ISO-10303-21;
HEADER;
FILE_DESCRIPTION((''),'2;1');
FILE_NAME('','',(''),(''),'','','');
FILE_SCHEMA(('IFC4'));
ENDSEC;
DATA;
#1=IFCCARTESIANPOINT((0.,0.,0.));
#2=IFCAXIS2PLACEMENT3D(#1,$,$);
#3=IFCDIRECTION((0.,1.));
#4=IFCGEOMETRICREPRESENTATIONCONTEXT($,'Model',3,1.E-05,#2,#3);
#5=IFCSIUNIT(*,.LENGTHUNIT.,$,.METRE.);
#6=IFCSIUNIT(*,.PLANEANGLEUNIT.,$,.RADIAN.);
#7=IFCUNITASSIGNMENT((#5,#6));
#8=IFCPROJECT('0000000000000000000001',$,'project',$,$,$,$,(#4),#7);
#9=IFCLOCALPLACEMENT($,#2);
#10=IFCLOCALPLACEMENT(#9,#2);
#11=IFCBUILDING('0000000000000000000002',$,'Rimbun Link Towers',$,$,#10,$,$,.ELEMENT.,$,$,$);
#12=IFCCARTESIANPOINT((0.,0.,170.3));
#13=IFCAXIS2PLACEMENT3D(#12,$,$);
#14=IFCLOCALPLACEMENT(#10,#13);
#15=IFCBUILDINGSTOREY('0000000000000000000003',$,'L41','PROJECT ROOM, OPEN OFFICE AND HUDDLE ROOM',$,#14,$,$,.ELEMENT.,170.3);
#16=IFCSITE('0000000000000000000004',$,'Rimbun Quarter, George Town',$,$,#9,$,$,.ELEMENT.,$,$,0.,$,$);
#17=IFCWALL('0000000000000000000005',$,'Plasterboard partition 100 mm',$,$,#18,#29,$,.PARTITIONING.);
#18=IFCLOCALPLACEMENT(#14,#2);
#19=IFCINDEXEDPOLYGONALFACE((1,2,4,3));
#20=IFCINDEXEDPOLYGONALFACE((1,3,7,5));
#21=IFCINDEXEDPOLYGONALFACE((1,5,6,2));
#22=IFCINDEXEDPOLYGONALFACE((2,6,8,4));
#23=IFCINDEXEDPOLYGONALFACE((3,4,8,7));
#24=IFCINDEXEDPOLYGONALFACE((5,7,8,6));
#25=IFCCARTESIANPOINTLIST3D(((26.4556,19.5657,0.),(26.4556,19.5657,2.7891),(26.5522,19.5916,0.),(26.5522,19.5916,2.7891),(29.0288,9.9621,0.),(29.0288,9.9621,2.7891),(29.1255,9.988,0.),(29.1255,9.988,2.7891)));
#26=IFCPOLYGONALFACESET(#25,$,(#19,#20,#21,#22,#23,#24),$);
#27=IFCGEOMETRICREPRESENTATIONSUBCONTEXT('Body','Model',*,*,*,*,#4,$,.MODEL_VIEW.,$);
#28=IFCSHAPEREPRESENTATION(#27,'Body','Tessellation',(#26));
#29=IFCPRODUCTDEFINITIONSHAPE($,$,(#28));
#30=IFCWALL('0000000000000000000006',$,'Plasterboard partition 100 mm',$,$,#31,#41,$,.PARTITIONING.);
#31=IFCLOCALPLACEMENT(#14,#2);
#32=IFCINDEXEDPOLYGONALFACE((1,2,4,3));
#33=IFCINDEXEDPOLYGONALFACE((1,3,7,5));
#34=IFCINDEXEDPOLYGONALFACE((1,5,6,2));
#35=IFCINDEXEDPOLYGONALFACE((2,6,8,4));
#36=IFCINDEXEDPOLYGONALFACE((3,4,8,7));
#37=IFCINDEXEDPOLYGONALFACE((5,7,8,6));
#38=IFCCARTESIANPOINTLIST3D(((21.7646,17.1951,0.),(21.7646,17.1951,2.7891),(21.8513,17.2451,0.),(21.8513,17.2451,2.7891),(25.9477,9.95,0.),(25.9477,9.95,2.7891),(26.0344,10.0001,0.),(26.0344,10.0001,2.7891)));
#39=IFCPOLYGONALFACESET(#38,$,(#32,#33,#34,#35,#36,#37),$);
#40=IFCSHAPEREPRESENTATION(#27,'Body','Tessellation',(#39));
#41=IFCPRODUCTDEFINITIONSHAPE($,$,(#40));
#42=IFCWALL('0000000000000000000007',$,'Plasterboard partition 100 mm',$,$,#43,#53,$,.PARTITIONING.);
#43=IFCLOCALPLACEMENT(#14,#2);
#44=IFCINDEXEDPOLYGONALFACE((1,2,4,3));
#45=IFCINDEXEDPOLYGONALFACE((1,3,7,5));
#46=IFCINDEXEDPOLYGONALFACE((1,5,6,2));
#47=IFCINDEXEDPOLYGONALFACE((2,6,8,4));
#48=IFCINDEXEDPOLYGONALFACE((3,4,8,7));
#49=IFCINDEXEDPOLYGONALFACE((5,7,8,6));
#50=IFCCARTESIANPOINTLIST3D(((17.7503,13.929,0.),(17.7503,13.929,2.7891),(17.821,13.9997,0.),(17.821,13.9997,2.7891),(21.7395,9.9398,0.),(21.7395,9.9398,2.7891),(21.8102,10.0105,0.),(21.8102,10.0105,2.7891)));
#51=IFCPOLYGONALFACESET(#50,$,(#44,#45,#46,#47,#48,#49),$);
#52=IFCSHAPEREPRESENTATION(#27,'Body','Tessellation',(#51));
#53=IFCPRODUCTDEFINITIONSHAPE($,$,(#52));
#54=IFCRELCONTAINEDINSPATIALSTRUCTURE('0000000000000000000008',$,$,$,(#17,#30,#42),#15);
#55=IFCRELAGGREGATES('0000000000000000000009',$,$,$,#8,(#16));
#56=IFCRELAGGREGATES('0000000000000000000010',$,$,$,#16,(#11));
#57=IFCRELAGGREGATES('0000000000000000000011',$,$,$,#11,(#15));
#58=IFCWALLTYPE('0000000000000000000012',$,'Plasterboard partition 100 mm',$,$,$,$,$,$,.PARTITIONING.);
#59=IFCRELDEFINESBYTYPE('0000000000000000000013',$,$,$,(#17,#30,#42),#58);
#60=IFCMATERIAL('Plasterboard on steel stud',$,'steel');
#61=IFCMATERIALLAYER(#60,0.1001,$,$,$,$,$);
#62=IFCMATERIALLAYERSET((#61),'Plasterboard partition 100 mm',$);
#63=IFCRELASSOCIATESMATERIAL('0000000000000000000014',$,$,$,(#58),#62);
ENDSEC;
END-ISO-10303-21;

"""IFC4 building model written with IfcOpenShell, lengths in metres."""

from ifc_helpers import new_model, si_unit, direction, frame, frame_2d, origin, place, context, subcontext, project, spatial, rectangle, extrude, material, layer, layer_set, type_object, element, save


model = new_model("IFC4")

# Units and contexts
model_context = context("Model", 3, precision=1e-05, world=origin(), true_north=direction((0.0, 1.0)))
body_context = subcontext(model_context, "Body", "Model", "MODEL_VIEW")
ifc_project = project(units=[si_unit("LENGTHUNIT", "METRE"), si_unit("PLANEANGLEUNIT", "RADIAN")], contexts=[model_context])

# Site, building, storey
site_placement = place(None, origin())
site = spatial("IfcSite", under=ifc_project, at=site_placement, Name="Rimbun Quarter, George Town", CompositionType="ELEMENT", RefElevation=0.0)
building_placement = place(site_placement, origin())
building = spatial("IfcBuilding", under=site, at=building_placement, Name="Rimbun Link Towers", CompositionType="ELEMENT")
storey_placement = place(building_placement, frame((0.0, 0.0, 170.3)))
storey = spatial("IfcBuildingStorey", under=building, at=storey_placement, Name="L41", Description="PROJECT ROOM, OPEN OFFICE AND HUDDLE ROOM", CompositionType="ELEMENT", Elevation=170.3)

# Walls
ifc_material_1 = material(Name="Plasterboard on steel stud", Category="steel")
ifc_layer_1 = layer(ifc_material_1, 0.1001)
ifc_layer_set_1 = layer_set([ifc_layer_1], Name="Plasterboard partition 100 mm")
wall_type = type_object("IfcWallType", Name="Plasterboard partition 100 mm", PredefinedType="PARTITIONING", material=ifc_layer_set_1)
wall_1_placement = place(storey_placement, frame((26.5039, 19.5786, 0.0), z_axis=(0.0, 0.0, 1.0), x_axis=(0.258818, -0.965926, 0.0)))
element("IfcWall", 1, at=wall_1_placement, inside=storey, type_object=wall_type, Name="Plasterboard partition 100 mm", PredefinedType="PARTITIONING", context=body_context, shape_type="SweptSolid", body=[
    extrude(rectangle(XDim=9.9424, YDim=0.1001, at=frame_2d((4.9712, 0.0))), origin(), (0.0, 0.0, 1.0), 2.7891),
])
wall_2_placement = place(storey_placement, frame((21.8079, 17.2202, 0.0), z_axis=(0.0, 0.0, 1.0), x_axis=(0.500012, -0.866018, 0.0)))
element("IfcWall", 2, at=wall_2_placement, inside=storey, type_object=wall_type, Name="Plasterboard partition 100 mm", PredefinedType="PARTITIONING", context=body_context, shape_type="SweptSolid", body=[
    extrude(rectangle(XDim=8.366, YDim=0.1001, at=frame_2d((4.1831, 0.0))), origin(), (0.0, 0.0, 1.0), 2.7891),
])
wall_3_placement = place(storey_placement, frame((17.7856, 13.9644, 0.0), z_axis=(0.0, 0.0, 1.0), x_axis=(0.707107, -0.707107, 0.0)))
element("IfcWall", 3, at=wall_3_placement, inside=storey, type_object=wall_type, Name="Plasterboard partition 100 mm", PredefinedType="PARTITIONING", context=body_context, shape_type="SweptSolid", body=[
    extrude(rectangle(XDim=5.6416, YDim=0.1001, at=frame_2d((2.8208, 0.0))), origin(), (0.0, 0.0, 1.0), 2.7891),
])

save(model, "model.ifc")
